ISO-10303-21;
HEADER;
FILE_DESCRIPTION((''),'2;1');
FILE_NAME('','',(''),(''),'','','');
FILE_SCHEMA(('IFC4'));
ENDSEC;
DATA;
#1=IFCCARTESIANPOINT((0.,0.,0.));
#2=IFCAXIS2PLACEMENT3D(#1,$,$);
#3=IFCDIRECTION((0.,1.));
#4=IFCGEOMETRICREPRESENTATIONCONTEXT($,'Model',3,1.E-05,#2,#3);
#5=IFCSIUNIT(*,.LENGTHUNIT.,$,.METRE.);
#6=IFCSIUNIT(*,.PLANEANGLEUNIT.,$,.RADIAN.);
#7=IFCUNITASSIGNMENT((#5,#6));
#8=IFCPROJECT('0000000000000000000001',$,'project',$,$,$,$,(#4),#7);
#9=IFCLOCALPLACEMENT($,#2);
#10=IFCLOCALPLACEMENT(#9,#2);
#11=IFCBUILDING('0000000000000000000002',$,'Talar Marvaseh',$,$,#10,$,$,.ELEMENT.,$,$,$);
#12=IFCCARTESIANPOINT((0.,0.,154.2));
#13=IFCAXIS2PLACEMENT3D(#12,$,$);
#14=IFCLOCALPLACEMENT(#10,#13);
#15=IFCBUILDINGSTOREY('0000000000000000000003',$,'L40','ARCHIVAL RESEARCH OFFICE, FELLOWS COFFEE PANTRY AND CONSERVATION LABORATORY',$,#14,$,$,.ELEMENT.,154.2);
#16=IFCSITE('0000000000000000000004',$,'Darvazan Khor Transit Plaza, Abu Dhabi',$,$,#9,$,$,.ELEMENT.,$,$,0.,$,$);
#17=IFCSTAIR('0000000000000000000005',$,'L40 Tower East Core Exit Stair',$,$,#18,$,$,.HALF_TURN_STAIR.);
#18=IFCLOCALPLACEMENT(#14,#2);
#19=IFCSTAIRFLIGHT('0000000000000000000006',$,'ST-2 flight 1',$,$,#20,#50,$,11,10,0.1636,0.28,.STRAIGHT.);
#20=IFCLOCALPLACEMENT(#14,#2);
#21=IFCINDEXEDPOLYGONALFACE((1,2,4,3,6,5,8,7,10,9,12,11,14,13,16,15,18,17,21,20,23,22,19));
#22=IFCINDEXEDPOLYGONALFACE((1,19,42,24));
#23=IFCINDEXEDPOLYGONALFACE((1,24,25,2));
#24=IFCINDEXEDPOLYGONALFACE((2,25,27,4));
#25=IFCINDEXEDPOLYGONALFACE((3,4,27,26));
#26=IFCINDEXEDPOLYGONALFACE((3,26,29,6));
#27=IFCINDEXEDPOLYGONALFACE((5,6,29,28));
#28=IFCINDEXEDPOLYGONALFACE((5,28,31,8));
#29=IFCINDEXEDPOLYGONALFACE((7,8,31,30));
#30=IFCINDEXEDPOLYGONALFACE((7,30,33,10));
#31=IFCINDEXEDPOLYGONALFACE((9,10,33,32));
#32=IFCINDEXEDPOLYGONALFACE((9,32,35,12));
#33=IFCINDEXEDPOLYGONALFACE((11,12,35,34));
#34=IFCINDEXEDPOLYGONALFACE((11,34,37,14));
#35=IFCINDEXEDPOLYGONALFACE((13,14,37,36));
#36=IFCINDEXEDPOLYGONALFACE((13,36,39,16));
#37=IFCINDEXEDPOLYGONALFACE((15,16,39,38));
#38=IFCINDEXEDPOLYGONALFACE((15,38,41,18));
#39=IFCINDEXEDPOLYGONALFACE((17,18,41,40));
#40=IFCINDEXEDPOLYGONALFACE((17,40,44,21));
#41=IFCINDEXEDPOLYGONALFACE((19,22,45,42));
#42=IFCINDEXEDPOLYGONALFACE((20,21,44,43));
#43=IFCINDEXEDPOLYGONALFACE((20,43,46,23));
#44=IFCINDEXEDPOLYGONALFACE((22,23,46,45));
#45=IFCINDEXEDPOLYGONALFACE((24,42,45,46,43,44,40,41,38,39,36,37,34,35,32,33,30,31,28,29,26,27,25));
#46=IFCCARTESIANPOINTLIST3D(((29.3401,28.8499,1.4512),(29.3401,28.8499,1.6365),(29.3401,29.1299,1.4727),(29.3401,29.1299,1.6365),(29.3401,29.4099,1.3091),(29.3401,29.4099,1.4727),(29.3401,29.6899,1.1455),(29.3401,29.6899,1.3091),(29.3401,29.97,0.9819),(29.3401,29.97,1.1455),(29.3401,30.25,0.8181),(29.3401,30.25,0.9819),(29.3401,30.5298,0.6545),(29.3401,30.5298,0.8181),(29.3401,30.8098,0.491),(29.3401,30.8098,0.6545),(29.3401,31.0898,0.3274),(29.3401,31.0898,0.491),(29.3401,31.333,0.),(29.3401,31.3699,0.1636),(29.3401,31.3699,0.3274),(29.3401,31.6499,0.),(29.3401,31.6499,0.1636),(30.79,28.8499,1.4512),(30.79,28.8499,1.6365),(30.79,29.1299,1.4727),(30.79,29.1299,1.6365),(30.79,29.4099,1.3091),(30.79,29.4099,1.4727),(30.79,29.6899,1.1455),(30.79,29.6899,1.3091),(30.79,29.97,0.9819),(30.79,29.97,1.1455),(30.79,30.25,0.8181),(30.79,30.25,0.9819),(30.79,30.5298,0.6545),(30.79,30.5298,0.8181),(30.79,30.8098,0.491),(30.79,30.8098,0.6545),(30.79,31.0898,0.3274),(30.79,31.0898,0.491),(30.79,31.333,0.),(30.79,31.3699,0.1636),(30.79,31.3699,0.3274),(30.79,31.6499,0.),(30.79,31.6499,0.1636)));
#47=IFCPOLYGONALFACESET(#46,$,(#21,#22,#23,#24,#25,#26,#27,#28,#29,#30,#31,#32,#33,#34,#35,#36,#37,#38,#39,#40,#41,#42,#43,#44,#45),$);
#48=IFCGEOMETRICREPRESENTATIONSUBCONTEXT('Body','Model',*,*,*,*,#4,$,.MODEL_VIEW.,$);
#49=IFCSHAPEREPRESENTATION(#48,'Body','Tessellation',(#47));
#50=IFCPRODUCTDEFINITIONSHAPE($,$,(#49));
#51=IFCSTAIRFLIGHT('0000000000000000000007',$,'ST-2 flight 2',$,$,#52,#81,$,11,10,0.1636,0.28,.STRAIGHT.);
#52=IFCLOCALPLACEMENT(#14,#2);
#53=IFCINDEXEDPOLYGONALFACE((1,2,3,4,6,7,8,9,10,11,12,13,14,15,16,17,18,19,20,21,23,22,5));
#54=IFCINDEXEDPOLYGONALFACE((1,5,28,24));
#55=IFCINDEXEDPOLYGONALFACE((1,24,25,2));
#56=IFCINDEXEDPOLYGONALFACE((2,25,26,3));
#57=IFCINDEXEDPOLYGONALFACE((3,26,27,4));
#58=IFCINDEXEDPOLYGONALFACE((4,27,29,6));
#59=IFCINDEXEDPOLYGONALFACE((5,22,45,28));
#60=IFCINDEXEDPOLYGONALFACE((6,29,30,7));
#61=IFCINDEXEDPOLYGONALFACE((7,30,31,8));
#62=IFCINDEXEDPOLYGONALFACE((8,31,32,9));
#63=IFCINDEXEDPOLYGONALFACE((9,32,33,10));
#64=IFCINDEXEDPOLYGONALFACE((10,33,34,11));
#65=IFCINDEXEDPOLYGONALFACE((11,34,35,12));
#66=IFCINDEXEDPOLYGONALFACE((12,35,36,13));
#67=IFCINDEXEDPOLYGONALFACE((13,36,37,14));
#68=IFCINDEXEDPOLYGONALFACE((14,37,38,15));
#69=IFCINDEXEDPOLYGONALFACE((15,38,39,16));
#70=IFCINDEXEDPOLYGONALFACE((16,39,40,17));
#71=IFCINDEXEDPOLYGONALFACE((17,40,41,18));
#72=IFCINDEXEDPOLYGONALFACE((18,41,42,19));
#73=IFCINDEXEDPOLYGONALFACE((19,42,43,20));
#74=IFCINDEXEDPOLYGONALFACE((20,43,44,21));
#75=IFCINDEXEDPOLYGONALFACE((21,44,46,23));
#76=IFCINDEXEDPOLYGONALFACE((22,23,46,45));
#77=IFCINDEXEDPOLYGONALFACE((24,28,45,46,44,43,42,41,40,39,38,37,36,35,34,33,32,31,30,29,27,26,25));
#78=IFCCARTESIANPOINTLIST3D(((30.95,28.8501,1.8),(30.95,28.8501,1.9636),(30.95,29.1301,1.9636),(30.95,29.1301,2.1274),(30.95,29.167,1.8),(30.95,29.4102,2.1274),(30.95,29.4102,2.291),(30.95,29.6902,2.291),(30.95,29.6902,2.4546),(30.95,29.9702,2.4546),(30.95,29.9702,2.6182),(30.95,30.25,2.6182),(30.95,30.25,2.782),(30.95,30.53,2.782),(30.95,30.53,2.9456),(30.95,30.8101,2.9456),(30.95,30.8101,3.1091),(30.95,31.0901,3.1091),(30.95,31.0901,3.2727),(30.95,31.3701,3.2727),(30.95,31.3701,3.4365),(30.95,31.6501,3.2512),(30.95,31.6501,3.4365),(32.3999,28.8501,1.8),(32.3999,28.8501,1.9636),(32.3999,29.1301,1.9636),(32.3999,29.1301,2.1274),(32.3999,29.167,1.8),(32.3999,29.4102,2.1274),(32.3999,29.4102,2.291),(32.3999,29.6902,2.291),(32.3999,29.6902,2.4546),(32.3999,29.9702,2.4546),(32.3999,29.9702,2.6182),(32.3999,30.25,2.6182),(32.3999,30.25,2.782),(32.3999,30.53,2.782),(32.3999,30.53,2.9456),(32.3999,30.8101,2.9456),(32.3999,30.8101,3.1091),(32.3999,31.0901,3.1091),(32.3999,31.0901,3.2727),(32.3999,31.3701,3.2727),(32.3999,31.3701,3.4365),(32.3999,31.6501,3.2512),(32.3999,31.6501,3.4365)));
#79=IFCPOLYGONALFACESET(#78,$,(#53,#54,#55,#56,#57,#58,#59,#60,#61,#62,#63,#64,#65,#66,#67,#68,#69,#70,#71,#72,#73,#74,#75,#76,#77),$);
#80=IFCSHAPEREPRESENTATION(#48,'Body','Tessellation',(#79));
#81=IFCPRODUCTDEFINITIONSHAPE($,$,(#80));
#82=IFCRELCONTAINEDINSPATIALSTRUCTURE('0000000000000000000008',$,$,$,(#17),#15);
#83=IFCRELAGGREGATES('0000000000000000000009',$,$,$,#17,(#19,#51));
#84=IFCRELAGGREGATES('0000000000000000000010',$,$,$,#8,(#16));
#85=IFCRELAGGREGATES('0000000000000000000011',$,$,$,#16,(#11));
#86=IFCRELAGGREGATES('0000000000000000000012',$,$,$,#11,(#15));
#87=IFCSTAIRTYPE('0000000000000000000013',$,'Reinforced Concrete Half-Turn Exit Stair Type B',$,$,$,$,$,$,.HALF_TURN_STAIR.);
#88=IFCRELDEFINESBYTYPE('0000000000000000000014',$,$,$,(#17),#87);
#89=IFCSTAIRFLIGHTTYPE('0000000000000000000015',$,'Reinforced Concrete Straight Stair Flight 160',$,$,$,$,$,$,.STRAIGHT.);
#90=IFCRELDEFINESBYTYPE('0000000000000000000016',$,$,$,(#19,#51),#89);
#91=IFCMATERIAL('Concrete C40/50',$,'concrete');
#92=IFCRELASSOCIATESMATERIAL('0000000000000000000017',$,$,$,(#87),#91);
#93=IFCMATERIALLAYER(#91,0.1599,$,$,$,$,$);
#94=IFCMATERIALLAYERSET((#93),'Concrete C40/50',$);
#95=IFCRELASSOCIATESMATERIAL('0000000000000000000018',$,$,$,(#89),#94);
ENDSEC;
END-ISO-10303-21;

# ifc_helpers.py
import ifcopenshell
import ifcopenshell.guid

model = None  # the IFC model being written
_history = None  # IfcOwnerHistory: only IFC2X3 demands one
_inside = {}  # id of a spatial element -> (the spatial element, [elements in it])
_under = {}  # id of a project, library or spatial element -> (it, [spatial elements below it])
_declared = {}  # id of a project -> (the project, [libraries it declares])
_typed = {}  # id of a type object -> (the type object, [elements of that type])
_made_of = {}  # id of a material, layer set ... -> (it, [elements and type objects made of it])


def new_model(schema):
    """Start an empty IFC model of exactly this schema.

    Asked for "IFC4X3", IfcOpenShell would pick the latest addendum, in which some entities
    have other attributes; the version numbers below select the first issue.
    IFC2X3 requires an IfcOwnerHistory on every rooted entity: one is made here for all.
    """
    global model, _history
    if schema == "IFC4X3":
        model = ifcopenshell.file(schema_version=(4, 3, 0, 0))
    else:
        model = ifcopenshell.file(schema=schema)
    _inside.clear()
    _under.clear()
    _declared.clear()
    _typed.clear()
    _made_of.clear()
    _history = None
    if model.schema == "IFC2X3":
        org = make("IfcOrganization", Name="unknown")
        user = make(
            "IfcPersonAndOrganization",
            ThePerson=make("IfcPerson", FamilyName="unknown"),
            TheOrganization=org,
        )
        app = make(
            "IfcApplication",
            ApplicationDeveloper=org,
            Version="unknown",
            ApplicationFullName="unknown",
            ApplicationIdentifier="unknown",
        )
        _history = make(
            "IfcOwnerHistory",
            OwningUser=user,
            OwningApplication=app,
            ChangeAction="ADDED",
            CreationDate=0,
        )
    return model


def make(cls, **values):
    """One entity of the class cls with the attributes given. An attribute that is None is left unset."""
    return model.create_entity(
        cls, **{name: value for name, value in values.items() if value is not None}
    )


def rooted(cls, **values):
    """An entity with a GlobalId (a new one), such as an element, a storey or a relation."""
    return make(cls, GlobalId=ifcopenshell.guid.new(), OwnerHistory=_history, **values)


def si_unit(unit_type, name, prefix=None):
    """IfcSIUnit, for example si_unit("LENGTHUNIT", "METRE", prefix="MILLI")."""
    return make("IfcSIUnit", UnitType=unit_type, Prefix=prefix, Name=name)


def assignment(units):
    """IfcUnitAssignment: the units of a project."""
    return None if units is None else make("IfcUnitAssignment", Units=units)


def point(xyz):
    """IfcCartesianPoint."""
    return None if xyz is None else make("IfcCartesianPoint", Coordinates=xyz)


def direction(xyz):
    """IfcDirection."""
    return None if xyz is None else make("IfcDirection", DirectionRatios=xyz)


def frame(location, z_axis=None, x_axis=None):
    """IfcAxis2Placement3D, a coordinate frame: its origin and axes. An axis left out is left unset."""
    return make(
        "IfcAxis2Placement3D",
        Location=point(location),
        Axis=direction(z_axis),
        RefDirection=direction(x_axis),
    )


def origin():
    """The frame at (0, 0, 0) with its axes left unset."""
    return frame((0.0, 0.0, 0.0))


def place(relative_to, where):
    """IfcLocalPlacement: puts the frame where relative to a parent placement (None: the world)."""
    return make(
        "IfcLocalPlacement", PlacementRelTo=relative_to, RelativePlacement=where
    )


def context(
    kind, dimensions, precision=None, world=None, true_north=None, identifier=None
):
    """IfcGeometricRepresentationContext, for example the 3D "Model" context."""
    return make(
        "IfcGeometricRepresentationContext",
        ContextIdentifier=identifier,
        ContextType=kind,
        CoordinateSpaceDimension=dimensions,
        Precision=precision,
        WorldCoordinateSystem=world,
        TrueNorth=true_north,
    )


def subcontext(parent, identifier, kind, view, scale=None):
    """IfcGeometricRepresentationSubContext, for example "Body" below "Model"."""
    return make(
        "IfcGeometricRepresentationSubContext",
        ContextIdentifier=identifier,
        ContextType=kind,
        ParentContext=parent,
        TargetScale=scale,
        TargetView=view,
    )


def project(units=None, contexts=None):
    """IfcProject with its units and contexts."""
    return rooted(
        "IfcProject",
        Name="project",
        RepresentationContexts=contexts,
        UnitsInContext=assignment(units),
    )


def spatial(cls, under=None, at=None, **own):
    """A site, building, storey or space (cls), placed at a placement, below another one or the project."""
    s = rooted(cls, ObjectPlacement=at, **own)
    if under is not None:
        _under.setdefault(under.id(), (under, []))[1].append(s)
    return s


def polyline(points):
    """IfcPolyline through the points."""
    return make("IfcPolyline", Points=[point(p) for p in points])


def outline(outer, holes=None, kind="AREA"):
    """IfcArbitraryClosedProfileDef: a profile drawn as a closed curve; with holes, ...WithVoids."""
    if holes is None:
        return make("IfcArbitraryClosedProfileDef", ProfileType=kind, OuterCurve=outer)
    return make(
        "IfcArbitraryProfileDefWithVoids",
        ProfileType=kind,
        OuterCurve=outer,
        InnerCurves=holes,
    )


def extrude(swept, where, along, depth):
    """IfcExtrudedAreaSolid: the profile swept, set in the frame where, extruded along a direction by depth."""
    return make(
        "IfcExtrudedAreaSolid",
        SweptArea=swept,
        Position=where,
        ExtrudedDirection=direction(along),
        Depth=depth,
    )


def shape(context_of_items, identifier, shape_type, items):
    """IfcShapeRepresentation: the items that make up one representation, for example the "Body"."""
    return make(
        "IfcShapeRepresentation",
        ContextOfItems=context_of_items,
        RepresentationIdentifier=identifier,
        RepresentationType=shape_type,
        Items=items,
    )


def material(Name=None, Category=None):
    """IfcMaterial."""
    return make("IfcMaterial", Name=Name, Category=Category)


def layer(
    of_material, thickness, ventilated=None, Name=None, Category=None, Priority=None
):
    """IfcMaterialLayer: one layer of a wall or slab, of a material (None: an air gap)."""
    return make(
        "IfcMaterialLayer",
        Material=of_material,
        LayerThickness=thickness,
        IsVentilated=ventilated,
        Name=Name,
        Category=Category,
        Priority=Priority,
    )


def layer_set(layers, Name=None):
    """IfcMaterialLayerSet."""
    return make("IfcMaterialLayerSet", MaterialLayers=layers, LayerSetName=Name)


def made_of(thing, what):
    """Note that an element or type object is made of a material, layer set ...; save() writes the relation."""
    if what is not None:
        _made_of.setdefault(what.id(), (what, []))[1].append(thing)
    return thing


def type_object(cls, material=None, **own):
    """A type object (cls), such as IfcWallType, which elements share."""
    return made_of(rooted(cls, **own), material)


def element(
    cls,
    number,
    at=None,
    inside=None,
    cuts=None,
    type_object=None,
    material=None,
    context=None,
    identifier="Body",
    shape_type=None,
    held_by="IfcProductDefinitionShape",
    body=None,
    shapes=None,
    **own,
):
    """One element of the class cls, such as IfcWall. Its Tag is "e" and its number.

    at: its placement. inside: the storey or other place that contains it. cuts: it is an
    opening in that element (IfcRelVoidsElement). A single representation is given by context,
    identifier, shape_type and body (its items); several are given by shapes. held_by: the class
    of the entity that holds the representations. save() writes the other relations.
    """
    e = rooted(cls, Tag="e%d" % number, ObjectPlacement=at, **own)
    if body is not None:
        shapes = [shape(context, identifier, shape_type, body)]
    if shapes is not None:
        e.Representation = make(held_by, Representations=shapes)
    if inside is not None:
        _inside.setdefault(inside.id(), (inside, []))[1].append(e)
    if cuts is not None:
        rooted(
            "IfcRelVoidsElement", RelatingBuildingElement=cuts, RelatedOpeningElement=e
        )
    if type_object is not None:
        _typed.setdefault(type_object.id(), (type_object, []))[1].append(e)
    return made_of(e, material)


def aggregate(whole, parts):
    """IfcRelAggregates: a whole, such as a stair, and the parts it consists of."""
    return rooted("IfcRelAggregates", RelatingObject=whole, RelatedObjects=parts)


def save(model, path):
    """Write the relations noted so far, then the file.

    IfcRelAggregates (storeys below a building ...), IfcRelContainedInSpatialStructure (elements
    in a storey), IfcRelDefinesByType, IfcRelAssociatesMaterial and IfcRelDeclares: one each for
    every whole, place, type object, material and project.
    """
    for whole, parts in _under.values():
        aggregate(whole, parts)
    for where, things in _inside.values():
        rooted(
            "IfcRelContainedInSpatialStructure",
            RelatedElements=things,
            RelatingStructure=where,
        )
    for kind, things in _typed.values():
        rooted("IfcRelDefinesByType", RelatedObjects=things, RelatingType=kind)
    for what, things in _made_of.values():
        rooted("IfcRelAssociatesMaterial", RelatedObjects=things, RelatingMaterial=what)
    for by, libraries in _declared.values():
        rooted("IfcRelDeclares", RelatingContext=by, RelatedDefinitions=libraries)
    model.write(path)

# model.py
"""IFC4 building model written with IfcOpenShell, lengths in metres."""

from ifc_helpers import new_model, si_unit, direction, frame, origin, place, context, subcontext, project, spatial, polyline, outline, extrude, material, layer, layer_set, type_object, element, aggregate, save


model = new_model("IFC4")

# Units and contexts
model_context = context("Model", 3, precision=1e-05, world=origin(), true_north=direction((0.0, 1.0)))
body_context = subcontext(model_context, "Body", "Model", "MODEL_VIEW")
ifc_project = project(units=[si_unit("LENGTHUNIT", "METRE"), si_unit("PLANEANGLEUNIT", "RADIAN")], contexts=[model_context])

# Site, building, storey
site_placement = place(None, origin())
site = spatial("IfcSite", under=ifc_project, at=site_placement, Name="Darvazan Khor Transit Plaza, Abu Dhabi", CompositionType="ELEMENT", RefElevation=0.0)
building_placement = place(site_placement, origin())
building = spatial("IfcBuilding", under=site, at=building_placement, Name="Talar Marvaseh", CompositionType="ELEMENT")
storey_placement = place(building_placement, frame((0.0, 0.0, 154.2)))
storey = spatial("IfcBuildingStorey", under=building, at=storey_placement, Name="L40", Description="ARCHIVAL RESEARCH OFFICE, FELLOWS COFFEE PANTRY AND CONSERVATION LABORATORY", CompositionType="ELEMENT", Elevation=154.2)

# Shared definitions
ifc_material_1 = material(Name="Concrete C40/50", Category="concrete")

# Stair, stair flights
stair_type = type_object("IfcStairType", Name="Reinforced Concrete Half-Turn Exit Stair Type B", PredefinedType="HALF_TURN_STAIR", material=ifc_material_1)
stair_placement = place(storey_placement, origin())
stair = element("IfcStair", 1, at=stair_placement, inside=storey, type_object=stair_type, Name="L40 Tower East Core Exit Stair", PredefinedType="HALF_TURN_STAIR")
ifc_layer_1 = layer(ifc_material_1, 0.1599)
ifc_layer_set_1 = layer_set([ifc_layer_1], Name="Concrete C40/50")
stair_flight_type = type_object("IfcStairFlightType", Name="Reinforced Concrete Straight Stair Flight 160", PredefinedType="STRAIGHT", material=ifc_layer_set_1)
stair_flight_1_placement = place(storey_placement, frame((30.0649, 31.6499, 0.0), z_axis=(0.0, 0.0, 1.0), x_axis=(0.0, -1.0, 0.0)))
stair_flight_1 = element("IfcStairFlight", 2, at=stair_flight_1_placement, type_object=stair_flight_type, Name="ST-2 flight 1", NumberOfRisers=11, NumberOfTreads=10, PredefinedType="STRAIGHT", RiserHeight=0.1636, TreadLength=0.28, context=body_context, shape_type="SweptSolid", body=[
    extrude(outline(polyline([(0.0, 0.0), (0.0, 0.1636), (0.28, 0.1636), (0.28, 0.3274), (0.5601, 0.3274), (0.5601, 0.491), (0.8401, 0.491), (0.8401, 0.6545), (1.1201, 0.6545), (1.1201, 0.8181), (1.3999, 0.8181), (1.3999, 0.9819), (1.6799, 0.9819), (1.6799, 1.1455), (1.96, 1.1455), (1.96, 1.3091), (2.24, 1.3091), (2.24, 1.4727), (2.52, 1.4727), (2.52, 1.6365), (2.8, 1.6365), (2.8, 1.8), (2.8, 1.4512), (0.3169, 0.0), (0.0, 0.0)])), frame((0.0, 0.7251, 0.0), z_axis=(0.0, -1.0, 0.0), x_axis=(1.0, 0.0, 0.0)), (0.0, 0.0, 1.0), 1.45),
])
stair_flight_2_placement = place(storey_placement, frame((31.675, 28.8501, 1.8), z_axis=(0.0, 0.0, 1.0), x_axis=(0.0, 1.0, 0.0)))
stair_flight_2 = element("IfcStairFlight", 3, at=stair_flight_2_placement, type_object=stair_flight_type, Name="ST-2 flight 2", NumberOfRisers=11, NumberOfTreads=10, PredefinedType="STRAIGHT", RiserHeight=0.1636, TreadLength=0.28, context=body_context, shape_type="SweptSolid", body=[
    extrude(outline(polyline([(0.0, 0.0), (0.0, 0.1636), (0.28, 0.1636), (0.28, 0.3274), (0.5601, 0.3274), (0.5601, 0.491), (0.8401, 0.491), (0.8401, 0.6545), (1.1201, 0.6545), (1.1201, 0.8181), (1.3999, 0.8181), (1.3999, 0.9819), (1.6799, 0.9819), (1.6799, 1.1455), (1.96, 1.1455), (1.96, 1.3091), (2.24, 1.3091), (2.24, 1.4727), (2.52, 1.4727), (2.52, 1.6365), (2.8, 1.6365), (2.8, 1.8), (2.8, 1.4512), (0.3169, 0.0), (0.0, 0.0)])), frame((0.0, 0.7251, 0.0), z_axis=(0.0, -1.0, 0.0), x_axis=(1.0, 0.0, 0.0)), (0.0, 0.0, 1.0), 1.45),
])
aggregate(stair, [stair_flight_1, stair_flight_2])

save(model, "model.ifc")
